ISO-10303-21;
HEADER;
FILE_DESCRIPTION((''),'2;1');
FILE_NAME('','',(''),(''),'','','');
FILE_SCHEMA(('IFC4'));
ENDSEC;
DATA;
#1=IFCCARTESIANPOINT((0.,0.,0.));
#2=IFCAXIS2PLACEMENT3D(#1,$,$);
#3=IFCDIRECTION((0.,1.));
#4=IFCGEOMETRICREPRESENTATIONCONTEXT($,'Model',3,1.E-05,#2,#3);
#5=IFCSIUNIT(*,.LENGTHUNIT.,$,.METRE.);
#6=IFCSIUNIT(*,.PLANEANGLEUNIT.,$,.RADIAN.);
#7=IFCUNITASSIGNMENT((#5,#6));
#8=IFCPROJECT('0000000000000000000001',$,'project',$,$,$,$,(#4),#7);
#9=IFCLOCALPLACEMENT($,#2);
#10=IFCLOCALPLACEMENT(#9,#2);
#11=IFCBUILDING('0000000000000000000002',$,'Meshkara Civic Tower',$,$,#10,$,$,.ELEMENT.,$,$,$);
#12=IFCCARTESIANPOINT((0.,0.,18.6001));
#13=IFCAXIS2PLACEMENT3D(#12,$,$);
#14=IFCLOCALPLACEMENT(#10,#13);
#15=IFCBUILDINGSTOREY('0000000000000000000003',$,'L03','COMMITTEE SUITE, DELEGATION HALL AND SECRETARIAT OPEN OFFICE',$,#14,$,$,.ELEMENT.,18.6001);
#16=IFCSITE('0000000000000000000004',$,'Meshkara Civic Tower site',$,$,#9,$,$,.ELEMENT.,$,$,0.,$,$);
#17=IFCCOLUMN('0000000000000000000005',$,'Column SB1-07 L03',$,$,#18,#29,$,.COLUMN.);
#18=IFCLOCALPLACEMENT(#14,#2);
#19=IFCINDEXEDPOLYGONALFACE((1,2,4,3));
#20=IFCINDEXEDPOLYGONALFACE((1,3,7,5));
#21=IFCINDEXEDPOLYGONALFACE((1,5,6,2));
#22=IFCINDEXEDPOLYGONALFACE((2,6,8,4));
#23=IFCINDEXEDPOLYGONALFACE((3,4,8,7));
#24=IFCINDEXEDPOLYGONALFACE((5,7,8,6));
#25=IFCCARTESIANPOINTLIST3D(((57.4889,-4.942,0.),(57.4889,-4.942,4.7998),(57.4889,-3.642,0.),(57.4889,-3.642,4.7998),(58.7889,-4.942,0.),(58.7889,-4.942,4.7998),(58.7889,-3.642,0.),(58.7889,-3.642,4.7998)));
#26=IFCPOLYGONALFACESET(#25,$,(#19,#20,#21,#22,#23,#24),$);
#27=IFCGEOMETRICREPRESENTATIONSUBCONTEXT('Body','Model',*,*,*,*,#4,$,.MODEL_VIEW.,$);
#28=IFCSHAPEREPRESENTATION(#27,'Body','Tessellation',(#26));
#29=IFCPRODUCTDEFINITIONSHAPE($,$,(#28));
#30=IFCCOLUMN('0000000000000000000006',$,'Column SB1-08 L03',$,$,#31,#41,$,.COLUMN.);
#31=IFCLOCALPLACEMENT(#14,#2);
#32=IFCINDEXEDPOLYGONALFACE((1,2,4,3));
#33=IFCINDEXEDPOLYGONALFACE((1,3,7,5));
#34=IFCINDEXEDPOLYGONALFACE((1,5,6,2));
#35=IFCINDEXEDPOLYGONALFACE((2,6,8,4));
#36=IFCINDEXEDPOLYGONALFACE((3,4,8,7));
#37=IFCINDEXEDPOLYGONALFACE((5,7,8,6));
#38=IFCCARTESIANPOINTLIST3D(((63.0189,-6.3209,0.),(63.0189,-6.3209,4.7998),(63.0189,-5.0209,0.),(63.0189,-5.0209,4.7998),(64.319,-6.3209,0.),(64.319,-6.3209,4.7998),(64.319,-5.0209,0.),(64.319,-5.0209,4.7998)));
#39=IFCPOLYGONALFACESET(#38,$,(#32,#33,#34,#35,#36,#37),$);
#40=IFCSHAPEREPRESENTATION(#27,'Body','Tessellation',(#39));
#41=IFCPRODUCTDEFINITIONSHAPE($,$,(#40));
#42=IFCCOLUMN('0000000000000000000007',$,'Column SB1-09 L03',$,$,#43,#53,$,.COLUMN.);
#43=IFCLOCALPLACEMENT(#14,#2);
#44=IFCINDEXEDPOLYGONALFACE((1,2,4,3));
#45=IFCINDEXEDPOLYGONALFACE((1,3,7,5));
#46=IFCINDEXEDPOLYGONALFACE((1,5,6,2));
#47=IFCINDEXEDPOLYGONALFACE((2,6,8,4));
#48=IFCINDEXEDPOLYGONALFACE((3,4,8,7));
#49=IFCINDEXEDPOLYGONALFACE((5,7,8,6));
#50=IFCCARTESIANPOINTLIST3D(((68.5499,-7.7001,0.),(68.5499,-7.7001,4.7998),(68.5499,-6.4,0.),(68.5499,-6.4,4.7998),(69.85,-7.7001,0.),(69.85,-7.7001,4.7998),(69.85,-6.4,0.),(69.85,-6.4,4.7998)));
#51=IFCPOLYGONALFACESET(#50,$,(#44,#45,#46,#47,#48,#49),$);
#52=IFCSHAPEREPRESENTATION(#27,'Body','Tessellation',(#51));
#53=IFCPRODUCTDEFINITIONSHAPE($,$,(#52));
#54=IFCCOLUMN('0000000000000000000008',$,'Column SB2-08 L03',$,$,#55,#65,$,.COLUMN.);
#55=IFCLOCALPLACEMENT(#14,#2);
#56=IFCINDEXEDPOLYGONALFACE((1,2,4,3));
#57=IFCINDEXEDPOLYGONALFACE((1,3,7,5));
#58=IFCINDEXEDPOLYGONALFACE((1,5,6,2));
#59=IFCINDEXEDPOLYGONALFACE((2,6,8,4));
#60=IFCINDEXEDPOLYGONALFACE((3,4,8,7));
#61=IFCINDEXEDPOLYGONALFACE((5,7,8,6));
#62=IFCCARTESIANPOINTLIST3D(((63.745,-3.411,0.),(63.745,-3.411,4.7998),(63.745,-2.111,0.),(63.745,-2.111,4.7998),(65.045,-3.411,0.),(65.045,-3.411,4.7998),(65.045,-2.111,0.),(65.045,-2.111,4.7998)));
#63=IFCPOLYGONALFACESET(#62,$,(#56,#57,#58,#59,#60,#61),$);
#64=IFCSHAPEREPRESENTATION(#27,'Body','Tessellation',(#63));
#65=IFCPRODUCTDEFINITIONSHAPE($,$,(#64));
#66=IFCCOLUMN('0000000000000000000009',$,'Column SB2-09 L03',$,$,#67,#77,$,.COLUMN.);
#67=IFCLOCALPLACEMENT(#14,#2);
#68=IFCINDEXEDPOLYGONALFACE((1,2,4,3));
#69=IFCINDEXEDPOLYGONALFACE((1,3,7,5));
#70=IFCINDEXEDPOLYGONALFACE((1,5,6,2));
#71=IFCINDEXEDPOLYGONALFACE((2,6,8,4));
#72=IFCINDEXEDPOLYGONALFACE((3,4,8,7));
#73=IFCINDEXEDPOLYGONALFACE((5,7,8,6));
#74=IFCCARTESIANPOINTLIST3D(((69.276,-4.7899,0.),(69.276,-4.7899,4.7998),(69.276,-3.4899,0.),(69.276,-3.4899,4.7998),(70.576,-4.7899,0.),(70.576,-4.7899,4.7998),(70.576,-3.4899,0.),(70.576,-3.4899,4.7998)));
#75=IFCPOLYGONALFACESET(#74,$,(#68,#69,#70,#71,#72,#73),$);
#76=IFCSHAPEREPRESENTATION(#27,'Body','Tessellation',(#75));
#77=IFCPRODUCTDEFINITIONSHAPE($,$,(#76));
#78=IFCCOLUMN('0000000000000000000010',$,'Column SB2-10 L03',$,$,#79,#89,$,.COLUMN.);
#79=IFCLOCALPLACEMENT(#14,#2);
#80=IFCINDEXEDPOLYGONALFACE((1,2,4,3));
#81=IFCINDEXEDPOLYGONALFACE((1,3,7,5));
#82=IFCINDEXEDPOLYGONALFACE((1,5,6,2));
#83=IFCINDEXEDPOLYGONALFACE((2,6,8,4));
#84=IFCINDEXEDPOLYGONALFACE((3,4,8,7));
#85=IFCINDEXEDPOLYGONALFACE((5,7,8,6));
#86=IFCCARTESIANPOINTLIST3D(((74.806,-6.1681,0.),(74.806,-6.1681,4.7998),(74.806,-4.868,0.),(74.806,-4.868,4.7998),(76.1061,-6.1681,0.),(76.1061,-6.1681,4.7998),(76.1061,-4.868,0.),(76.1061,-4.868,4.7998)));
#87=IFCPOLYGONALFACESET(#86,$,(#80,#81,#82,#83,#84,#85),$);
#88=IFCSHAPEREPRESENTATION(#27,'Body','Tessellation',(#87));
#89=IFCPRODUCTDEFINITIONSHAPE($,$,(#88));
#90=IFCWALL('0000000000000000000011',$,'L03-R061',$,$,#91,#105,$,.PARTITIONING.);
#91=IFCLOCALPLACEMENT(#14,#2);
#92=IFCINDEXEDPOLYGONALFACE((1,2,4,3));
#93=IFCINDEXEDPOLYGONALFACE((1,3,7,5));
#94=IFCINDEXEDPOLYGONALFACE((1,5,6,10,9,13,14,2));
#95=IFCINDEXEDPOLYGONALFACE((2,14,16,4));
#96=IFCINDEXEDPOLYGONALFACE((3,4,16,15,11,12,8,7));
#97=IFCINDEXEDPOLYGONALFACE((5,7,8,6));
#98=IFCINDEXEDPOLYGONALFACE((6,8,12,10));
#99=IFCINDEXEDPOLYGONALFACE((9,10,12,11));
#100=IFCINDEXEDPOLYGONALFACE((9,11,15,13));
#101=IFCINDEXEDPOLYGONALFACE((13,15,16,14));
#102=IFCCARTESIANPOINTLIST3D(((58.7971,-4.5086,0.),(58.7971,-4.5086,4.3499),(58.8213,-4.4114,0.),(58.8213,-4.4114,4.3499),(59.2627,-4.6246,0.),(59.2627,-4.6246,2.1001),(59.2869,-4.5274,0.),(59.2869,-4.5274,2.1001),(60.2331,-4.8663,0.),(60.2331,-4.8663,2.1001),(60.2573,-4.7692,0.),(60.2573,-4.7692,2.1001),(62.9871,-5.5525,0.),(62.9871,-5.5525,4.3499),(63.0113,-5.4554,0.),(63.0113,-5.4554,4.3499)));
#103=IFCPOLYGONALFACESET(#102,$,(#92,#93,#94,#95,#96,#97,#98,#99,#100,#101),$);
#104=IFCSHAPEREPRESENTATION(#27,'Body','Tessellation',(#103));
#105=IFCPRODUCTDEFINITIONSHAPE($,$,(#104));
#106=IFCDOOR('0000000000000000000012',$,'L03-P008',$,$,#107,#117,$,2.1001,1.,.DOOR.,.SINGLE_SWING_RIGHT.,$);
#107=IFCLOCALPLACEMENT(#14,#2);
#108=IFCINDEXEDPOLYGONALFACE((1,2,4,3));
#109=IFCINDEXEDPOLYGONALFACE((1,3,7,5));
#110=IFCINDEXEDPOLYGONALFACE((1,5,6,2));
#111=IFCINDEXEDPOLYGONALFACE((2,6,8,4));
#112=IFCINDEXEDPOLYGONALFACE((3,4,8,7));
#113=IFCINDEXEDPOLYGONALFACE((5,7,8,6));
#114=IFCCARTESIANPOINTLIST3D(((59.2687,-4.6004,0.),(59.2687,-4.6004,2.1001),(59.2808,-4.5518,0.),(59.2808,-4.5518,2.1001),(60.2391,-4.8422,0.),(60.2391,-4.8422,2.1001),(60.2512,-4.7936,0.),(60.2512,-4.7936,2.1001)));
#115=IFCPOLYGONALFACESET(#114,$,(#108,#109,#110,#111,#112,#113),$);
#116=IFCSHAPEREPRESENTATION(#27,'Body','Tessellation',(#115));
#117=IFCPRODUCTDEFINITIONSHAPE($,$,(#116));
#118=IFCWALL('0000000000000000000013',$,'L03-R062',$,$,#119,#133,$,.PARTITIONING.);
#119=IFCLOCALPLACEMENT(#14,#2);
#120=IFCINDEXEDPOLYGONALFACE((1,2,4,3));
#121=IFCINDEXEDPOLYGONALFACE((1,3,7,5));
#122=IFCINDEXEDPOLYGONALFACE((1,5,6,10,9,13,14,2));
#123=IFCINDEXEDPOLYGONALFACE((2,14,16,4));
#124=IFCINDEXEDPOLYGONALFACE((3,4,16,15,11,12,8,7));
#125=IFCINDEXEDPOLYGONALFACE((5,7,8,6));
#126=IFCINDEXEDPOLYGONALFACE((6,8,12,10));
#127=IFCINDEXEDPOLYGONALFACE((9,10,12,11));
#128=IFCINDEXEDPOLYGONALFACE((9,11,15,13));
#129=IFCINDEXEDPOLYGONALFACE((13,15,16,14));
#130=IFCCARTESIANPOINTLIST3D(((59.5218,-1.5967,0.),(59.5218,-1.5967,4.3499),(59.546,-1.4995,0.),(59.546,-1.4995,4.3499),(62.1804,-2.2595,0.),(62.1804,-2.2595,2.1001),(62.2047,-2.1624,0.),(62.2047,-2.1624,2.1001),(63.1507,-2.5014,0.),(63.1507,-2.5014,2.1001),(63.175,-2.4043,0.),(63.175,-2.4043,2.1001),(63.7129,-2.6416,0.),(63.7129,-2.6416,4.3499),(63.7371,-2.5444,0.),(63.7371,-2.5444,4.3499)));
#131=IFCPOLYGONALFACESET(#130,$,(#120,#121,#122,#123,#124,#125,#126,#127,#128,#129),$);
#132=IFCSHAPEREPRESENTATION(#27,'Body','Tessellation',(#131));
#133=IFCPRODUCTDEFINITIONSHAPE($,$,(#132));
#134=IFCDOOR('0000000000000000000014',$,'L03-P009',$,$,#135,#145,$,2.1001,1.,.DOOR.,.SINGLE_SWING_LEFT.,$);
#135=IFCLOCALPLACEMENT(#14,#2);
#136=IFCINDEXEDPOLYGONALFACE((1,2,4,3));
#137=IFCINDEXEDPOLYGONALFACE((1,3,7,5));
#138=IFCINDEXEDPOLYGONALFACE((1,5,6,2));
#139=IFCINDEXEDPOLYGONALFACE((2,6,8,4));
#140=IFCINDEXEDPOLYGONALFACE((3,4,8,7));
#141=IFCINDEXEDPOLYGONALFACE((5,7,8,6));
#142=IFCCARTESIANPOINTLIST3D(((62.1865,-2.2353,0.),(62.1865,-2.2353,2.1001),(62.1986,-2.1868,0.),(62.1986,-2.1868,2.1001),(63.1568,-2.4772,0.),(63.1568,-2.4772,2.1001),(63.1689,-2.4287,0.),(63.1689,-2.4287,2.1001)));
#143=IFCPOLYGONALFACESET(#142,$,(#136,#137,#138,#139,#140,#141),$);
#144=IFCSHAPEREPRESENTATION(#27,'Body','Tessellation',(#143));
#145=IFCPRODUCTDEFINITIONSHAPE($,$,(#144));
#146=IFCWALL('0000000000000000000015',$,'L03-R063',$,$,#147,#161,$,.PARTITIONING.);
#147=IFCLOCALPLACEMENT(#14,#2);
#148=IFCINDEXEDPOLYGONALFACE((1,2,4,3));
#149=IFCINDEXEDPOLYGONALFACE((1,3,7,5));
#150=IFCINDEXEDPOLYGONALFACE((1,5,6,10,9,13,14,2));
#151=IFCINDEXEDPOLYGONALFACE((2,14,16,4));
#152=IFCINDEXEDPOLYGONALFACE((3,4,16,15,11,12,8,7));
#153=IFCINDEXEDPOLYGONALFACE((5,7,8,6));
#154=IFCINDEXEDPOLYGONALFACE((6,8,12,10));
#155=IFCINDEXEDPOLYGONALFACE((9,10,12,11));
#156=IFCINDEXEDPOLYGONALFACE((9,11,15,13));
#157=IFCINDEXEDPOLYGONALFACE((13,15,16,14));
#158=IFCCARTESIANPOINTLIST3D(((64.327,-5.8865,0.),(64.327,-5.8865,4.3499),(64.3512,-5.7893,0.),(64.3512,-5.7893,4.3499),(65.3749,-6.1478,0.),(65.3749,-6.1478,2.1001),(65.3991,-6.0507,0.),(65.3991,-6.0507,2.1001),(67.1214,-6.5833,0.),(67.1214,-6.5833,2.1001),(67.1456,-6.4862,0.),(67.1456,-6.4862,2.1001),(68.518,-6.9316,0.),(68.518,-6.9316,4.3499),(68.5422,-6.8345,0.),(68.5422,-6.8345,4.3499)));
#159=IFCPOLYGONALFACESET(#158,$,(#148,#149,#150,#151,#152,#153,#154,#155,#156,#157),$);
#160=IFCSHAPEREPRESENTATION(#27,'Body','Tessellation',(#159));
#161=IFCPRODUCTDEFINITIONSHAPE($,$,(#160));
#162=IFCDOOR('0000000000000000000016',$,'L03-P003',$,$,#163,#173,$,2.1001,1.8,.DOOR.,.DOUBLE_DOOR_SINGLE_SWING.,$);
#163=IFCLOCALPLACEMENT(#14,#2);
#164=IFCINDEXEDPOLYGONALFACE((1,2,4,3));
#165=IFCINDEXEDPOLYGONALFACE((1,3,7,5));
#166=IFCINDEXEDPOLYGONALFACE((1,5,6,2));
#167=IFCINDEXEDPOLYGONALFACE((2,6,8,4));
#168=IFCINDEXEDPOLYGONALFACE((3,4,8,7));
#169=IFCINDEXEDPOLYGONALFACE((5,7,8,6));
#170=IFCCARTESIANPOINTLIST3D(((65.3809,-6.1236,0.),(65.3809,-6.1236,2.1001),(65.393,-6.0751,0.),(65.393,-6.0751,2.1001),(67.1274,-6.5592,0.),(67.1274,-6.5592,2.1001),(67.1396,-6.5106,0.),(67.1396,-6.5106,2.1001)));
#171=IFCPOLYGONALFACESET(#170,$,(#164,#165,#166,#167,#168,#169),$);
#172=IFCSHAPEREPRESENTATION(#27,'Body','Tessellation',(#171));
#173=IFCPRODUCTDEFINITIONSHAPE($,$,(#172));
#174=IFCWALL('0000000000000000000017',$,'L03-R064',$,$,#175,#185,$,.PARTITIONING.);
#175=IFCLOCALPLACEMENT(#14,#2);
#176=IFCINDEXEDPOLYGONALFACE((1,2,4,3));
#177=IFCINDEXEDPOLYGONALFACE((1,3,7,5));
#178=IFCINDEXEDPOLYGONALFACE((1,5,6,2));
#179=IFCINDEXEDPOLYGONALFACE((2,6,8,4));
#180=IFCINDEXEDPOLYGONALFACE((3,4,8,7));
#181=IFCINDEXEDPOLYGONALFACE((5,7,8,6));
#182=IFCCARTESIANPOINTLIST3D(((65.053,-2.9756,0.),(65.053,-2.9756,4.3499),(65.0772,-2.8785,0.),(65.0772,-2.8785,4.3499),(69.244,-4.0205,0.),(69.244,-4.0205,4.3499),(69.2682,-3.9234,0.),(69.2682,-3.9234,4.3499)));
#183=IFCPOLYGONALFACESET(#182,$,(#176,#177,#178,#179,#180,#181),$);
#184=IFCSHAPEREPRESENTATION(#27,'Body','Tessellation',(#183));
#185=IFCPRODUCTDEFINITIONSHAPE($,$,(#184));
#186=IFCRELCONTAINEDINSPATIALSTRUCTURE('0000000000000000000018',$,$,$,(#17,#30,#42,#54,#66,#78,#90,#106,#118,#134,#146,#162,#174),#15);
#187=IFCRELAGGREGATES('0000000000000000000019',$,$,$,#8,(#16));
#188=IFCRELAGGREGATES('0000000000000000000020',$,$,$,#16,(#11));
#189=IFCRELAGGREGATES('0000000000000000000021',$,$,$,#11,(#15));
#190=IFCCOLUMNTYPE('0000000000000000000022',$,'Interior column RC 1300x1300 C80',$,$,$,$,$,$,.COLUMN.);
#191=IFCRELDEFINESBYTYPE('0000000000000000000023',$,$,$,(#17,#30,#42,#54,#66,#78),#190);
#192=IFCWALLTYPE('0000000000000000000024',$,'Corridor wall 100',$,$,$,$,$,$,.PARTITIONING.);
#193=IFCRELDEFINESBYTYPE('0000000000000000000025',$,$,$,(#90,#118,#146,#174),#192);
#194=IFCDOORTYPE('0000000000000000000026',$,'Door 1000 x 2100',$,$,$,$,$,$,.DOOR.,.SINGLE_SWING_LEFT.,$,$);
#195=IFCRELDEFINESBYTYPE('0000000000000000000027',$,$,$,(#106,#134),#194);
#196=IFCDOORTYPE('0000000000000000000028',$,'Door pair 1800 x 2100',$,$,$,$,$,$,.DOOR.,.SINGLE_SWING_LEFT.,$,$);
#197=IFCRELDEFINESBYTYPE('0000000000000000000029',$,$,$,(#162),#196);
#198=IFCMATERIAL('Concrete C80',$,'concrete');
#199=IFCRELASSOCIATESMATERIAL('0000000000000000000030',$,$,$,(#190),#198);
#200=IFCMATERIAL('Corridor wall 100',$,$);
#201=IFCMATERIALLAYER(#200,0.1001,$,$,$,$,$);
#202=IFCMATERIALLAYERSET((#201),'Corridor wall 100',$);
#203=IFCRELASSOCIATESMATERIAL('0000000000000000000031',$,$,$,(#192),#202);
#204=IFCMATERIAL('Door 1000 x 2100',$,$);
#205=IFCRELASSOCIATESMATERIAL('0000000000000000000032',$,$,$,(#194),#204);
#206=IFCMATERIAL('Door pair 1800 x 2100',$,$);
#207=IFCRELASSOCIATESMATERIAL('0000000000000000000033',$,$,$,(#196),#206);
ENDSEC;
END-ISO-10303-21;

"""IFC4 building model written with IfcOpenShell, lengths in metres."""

from ifc_helpers import new_model, si_unit, direction, frame, frame_2d, origin, origin_2d, place, context, subcontext, project, spatial, rectangle, extrude, material, layer, layer_set, material_profile, profile_set, type_object, element, fill, save


model = new_model("IFC4")

# Units and contexts
model_context = context("Model", 3, precision=1e-05, world=origin(), true_north=direction((0.0, 1.0)))
body_context = subcontext(model_context, "Body", "Model", "MODEL_VIEW")
ifc_project = project(units=[si_unit("LENGTHUNIT", "METRE"), si_unit("PLANEANGLEUNIT", "RADIAN")], contexts=[model_context])

# Site, building, storey
site_placement = place(None, origin())
site = spatial("IfcSite", under=ifc_project, at=site_placement, Name="Meshkara Civic Tower site", CompositionType="ELEMENT", RefElevation=0.0)
building_placement = place(site_placement, origin())
building = spatial("IfcBuilding", under=site, at=building_placement, Name="Meshkara Civic Tower", CompositionType="ELEMENT")
storey_placement = place(building_placement, frame((0.0, 0.0, 18.6001)))
storey = spatial("IfcBuildingStorey", under=building, at=storey_placement, Name="L03", Description="COMMITTEE SUITE, DELEGATION HALL AND SECRETARIAT OPEN OFFICE", CompositionType="ELEMENT", Elevation=18.6001)

# Columns
ifc_material_1 = material(Name="Concrete C80", Category="concrete")
ifc_material_profile = material_profile(ifc_material_1, rectangle(XDim=1.3, YDim=1.3, at=origin_2d()))
ifc_profile_set = profile_set([ifc_material_profile], Name="Concrete C80")
column_type = type_object("IfcColumnType", Name="Interior column RC 1300x1300 C80", PredefinedType="COLUMN", material=ifc_profile_set)
for number, where, z_axis, x_axis, name in (
    (1, (58.1389, -4.292, 0.0), (0.0, 0.0, 1.0), (1.0, 0.0, 0.0), "Column SB1-07 L03"),
    (2, (63.6689, -5.6709, 0.0), (0.0, 0.0, 1.0), (1.0, 0.0, 0.0), "Column SB1-08 L03"),
    (3, (69.2, -7.05, 0.0), (0.0, 0.0, 1.0), (1.0, 0.0, 0.0), "Column SB1-09 L03"),
    (4, (64.395, -2.761, 0.0), (0.0, 0.0, 1.0), (1.0, 0.0, 0.0), "Column SB2-08 L03"),
    (5, (69.926, -4.1399, 0.0), (0.0, 0.0, 1.0), (1.0, 0.0, 0.0), "Column SB2-09 L03"),
    (6, (75.4561, -5.5181, 0.0), (0.0, 0.0, 1.0), (1.0, 0.0, 0.0), "Column SB2-10 L03"),
):
    element("IfcColumn", number, at=place(storey_placement, frame(where, z_axis=z_axis, x_axis=x_axis)), inside=storey, type_object=column_type, Name=name, PredefinedType="COLUMN", context=body_context, shape_type="SweptSolid", body=[
        extrude(rectangle(XDim=1.3, YDim=1.3, at=origin_2d()), origin(), (0.0, 0.0, 1.0), 4.7998),
    ])

# Walls, openings, doors
ifc_material_2 = material(Name="Corridor wall 100")
ifc_layer_1 = layer(ifc_material_2, 0.1001)
ifc_layer_set_1 = layer_set([ifc_layer_1], Name="Corridor wall 100")
wall_type_1 = type_object("IfcWallType", Name="Corridor wall 100", PredefinedType="PARTITIONING", material=ifc_layer_set_1)
wall_1_placement = place(storey_placement, frame((58.8091, -4.46, 0.0), z_axis=(0.0, 0.0, 1.0), x_axis=(0.970335, -0.241764, 0.0)))
wall_1 = element("IfcWall", 7, at=wall_1_placement, inside=storey, type_object=wall_type_1, Name="L03-R061", PredefinedType="PARTITIONING", context=body_context, shape_type="SweptSolid", body=[
    extrude(rectangle(XDim=4.3181, YDim=0.1001, at=frame_2d((2.1592, 0.0))), origin(), (0.0, 0.0, 1.0), 4.3499),
])
opening_1_placement = place(wall_1_placement, frame((0.48, 0.0, 0.0)))
opening_1 = element("IfcOpeningElement", 8, at=opening_1_placement, cuts=wall_1, PredefinedType="OPENING", context=body_context, shape_type="SweptSolid", body=[
    extrude(rectangle(XDim=1.0, YDim=2.1001, at=frame_2d((0.5, 1.05))), frame((0.0, 0.0601, 0.0), z_axis=(0.0, -1.0, 0.0), x_axis=(1.0, 0.0, 0.0)), (0.0, 0.0, 1.0), 0.1201),
])
ifc_material_3 = material(Name="Door 1000 x 2100")
door_type_1 = type_object("IfcDoorType", Name="Door 1000 x 2100", OperationType="SINGLE_SWING_LEFT", PredefinedType="DOOR", material=ifc_material_3)
door_1_placement = place(opening_1_placement, origin())
door_1 = element("IfcDoor", 9, at=door_1_placement, inside=storey, type_object=door_type_1, Name="L03-P008", OperationType="SINGLE_SWING_RIGHT", OverallHeight=2.1001, OverallWidth=1.0, PredefinedType="DOOR", context=body_context, shape_type="SweptSolid", body=[
    extrude(rectangle(XDim=1.0, YDim=2.1001, at=frame_2d((0.5, 1.05))), frame((0.0, 0.0249, 0.0), z_axis=(0.0, -1.0, 0.0), x_axis=(1.0, 0.0, 0.0)), (0.0, 0.0, 1.0), 0.05),
])
fill(opening_1, door_1)
wall_2_placement = place(storey_placement, frame((59.5339, -1.5481, 0.0), z_axis=(0.0, 0.0, 1.0), x_axis=(0.970299, -0.241911, 0.0)))
wall_2 = element("IfcWall", 10, at=wall_2_placement, inside=storey, type_object=wall_type_1, Name="L03-R062", PredefinedType="PARTITIONING", context=body_context, shape_type="SweptSolid", body=[
    extrude(rectangle(XDim=4.3193, YDim=0.1001, at=frame_2d((2.1597, 0.0))), origin(), (0.0, 0.0, 1.0), 4.3499),
])
opening_2_placement = place(wall_2_placement, frame((2.74, 0.0, 0.0)))
opening_2 = element("IfcOpeningElement", 11, at=opening_2_placement, cuts=wall_2, PredefinedType="OPENING", context=body_context, shape_type="SweptSolid", body=[
    extrude(rectangle(XDim=1.0, YDim=2.1001, at=frame_2d((0.5, 1.05))), frame((0.0, 0.0601, 0.0), z_axis=(0.0, -1.0, 0.0), x_axis=(1.0, 0.0, 0.0)), (0.0, 0.0, 1.0), 0.1201),
])
door_2_placement = place(opening_2_placement, origin())
door_2 = element("IfcDoor", 12, at=door_2_placement, inside=storey, type_object=door_type_1, Name="L03-P009", OperationType="SINGLE_SWING_LEFT", OverallHeight=2.1001, OverallWidth=1.0, PredefinedType="DOOR", context=body_context, shape_type="SweptSolid", body=[
    extrude(rectangle(XDim=1.0, YDim=2.1001, at=frame_2d((0.5, 1.05))), frame((0.0, 0.0249, 0.0), z_axis=(0.0, -1.0, 0.0), x_axis=(1.0, 0.0, 0.0)), (0.0, 0.0, 1.0), 0.05),
])
fill(opening_2, door_2)
wall_3_placement = place(storey_placement, frame((64.3391, -5.8379, 0.0), z_axis=(0.0, 0.0, 1.0), x_axis=(0.970282, -0.241977, 0.0)))
wall_3 = element("IfcWall", 13, at=wall_3_placement, inside=storey, type_object=wall_type_1, Name="L03-R063", PredefinedType="PARTITIONING", context=body_context, shape_type="SweptSolid", body=[
    extrude(rectangle(XDim=4.3193, YDim=0.1001, at=frame_2d((2.1597, 0.0))), origin(), (0.0, 0.0, 1.0), 4.3499),
])
opening_3_placement = place(wall_3_placement, frame((1.0801, 0.0, 0.0)))
opening_3 = element("IfcOpeningElement", 14, at=opening_3_placement, cuts=wall_3, PredefinedType="OPENING", context=body_context, shape_type="SweptSolid", body=[
    extrude(rectangle(XDim=1.8, YDim=2.1001, at=frame_2d((0.8999, 1.05))), frame((0.0, 0.0601, 0.0), z_axis=(0.0, -1.0, 0.0), x_axis=(1.0, 0.0, 0.0)), (0.0, 0.0, 1.0), 0.1201),
])
ifc_material_4 = material(Name="Door pair 1800 x 2100")
door_type_2 = type_object("IfcDoorType", Name="Door pair 1800 x 2100", OperationType="SINGLE_SWING_LEFT", PredefinedType="DOOR", material=ifc_material_4)
door_3_placement = place(opening_3_placement, origin())
door_3 = element("IfcDoor", 15, at=door_3_placement, inside=storey, type_object=door_type_2, Name="L03-P003", OperationType="DOUBLE_DOOR_SINGLE_SWING", OverallHeight=2.1001, OverallWidth=1.8, PredefinedType="DOOR", context=body_context, shape_type="SweptSolid", body=[
    extrude(rectangle(XDim=1.8, YDim=2.1001, at=frame_2d((0.8999, 1.05))), frame((0.0, 0.0249, 0.0), z_axis=(0.0, -1.0, 0.0), x_axis=(1.0, 0.0, 0.0)), (0.0, 0.0, 1.0), 0.05),
])
fill(opening_3, door_3)

# Wall
wall_4_placement = place(storey_placement, frame((69.2561, -3.9719, 0.0), z_axis=(0.0, 0.0, 1.0), x_axis=(-0.970299, 0.241911, 0.0)))
element("IfcWall", 16, at=wall_4_placement, inside=storey, type_object=wall_type_1, Name="L03-R064", PredefinedType="PARTITIONING", context=body_context, shape_type="SweptSolid", body=[
    extrude(rectangle(XDim=4.3193, YDim=0.1001, at=frame_2d((2.1597, 0.0))), origin(), (0.0, 0.0, 1.0), 4.3499),
])

save(model, "model.ifc")
